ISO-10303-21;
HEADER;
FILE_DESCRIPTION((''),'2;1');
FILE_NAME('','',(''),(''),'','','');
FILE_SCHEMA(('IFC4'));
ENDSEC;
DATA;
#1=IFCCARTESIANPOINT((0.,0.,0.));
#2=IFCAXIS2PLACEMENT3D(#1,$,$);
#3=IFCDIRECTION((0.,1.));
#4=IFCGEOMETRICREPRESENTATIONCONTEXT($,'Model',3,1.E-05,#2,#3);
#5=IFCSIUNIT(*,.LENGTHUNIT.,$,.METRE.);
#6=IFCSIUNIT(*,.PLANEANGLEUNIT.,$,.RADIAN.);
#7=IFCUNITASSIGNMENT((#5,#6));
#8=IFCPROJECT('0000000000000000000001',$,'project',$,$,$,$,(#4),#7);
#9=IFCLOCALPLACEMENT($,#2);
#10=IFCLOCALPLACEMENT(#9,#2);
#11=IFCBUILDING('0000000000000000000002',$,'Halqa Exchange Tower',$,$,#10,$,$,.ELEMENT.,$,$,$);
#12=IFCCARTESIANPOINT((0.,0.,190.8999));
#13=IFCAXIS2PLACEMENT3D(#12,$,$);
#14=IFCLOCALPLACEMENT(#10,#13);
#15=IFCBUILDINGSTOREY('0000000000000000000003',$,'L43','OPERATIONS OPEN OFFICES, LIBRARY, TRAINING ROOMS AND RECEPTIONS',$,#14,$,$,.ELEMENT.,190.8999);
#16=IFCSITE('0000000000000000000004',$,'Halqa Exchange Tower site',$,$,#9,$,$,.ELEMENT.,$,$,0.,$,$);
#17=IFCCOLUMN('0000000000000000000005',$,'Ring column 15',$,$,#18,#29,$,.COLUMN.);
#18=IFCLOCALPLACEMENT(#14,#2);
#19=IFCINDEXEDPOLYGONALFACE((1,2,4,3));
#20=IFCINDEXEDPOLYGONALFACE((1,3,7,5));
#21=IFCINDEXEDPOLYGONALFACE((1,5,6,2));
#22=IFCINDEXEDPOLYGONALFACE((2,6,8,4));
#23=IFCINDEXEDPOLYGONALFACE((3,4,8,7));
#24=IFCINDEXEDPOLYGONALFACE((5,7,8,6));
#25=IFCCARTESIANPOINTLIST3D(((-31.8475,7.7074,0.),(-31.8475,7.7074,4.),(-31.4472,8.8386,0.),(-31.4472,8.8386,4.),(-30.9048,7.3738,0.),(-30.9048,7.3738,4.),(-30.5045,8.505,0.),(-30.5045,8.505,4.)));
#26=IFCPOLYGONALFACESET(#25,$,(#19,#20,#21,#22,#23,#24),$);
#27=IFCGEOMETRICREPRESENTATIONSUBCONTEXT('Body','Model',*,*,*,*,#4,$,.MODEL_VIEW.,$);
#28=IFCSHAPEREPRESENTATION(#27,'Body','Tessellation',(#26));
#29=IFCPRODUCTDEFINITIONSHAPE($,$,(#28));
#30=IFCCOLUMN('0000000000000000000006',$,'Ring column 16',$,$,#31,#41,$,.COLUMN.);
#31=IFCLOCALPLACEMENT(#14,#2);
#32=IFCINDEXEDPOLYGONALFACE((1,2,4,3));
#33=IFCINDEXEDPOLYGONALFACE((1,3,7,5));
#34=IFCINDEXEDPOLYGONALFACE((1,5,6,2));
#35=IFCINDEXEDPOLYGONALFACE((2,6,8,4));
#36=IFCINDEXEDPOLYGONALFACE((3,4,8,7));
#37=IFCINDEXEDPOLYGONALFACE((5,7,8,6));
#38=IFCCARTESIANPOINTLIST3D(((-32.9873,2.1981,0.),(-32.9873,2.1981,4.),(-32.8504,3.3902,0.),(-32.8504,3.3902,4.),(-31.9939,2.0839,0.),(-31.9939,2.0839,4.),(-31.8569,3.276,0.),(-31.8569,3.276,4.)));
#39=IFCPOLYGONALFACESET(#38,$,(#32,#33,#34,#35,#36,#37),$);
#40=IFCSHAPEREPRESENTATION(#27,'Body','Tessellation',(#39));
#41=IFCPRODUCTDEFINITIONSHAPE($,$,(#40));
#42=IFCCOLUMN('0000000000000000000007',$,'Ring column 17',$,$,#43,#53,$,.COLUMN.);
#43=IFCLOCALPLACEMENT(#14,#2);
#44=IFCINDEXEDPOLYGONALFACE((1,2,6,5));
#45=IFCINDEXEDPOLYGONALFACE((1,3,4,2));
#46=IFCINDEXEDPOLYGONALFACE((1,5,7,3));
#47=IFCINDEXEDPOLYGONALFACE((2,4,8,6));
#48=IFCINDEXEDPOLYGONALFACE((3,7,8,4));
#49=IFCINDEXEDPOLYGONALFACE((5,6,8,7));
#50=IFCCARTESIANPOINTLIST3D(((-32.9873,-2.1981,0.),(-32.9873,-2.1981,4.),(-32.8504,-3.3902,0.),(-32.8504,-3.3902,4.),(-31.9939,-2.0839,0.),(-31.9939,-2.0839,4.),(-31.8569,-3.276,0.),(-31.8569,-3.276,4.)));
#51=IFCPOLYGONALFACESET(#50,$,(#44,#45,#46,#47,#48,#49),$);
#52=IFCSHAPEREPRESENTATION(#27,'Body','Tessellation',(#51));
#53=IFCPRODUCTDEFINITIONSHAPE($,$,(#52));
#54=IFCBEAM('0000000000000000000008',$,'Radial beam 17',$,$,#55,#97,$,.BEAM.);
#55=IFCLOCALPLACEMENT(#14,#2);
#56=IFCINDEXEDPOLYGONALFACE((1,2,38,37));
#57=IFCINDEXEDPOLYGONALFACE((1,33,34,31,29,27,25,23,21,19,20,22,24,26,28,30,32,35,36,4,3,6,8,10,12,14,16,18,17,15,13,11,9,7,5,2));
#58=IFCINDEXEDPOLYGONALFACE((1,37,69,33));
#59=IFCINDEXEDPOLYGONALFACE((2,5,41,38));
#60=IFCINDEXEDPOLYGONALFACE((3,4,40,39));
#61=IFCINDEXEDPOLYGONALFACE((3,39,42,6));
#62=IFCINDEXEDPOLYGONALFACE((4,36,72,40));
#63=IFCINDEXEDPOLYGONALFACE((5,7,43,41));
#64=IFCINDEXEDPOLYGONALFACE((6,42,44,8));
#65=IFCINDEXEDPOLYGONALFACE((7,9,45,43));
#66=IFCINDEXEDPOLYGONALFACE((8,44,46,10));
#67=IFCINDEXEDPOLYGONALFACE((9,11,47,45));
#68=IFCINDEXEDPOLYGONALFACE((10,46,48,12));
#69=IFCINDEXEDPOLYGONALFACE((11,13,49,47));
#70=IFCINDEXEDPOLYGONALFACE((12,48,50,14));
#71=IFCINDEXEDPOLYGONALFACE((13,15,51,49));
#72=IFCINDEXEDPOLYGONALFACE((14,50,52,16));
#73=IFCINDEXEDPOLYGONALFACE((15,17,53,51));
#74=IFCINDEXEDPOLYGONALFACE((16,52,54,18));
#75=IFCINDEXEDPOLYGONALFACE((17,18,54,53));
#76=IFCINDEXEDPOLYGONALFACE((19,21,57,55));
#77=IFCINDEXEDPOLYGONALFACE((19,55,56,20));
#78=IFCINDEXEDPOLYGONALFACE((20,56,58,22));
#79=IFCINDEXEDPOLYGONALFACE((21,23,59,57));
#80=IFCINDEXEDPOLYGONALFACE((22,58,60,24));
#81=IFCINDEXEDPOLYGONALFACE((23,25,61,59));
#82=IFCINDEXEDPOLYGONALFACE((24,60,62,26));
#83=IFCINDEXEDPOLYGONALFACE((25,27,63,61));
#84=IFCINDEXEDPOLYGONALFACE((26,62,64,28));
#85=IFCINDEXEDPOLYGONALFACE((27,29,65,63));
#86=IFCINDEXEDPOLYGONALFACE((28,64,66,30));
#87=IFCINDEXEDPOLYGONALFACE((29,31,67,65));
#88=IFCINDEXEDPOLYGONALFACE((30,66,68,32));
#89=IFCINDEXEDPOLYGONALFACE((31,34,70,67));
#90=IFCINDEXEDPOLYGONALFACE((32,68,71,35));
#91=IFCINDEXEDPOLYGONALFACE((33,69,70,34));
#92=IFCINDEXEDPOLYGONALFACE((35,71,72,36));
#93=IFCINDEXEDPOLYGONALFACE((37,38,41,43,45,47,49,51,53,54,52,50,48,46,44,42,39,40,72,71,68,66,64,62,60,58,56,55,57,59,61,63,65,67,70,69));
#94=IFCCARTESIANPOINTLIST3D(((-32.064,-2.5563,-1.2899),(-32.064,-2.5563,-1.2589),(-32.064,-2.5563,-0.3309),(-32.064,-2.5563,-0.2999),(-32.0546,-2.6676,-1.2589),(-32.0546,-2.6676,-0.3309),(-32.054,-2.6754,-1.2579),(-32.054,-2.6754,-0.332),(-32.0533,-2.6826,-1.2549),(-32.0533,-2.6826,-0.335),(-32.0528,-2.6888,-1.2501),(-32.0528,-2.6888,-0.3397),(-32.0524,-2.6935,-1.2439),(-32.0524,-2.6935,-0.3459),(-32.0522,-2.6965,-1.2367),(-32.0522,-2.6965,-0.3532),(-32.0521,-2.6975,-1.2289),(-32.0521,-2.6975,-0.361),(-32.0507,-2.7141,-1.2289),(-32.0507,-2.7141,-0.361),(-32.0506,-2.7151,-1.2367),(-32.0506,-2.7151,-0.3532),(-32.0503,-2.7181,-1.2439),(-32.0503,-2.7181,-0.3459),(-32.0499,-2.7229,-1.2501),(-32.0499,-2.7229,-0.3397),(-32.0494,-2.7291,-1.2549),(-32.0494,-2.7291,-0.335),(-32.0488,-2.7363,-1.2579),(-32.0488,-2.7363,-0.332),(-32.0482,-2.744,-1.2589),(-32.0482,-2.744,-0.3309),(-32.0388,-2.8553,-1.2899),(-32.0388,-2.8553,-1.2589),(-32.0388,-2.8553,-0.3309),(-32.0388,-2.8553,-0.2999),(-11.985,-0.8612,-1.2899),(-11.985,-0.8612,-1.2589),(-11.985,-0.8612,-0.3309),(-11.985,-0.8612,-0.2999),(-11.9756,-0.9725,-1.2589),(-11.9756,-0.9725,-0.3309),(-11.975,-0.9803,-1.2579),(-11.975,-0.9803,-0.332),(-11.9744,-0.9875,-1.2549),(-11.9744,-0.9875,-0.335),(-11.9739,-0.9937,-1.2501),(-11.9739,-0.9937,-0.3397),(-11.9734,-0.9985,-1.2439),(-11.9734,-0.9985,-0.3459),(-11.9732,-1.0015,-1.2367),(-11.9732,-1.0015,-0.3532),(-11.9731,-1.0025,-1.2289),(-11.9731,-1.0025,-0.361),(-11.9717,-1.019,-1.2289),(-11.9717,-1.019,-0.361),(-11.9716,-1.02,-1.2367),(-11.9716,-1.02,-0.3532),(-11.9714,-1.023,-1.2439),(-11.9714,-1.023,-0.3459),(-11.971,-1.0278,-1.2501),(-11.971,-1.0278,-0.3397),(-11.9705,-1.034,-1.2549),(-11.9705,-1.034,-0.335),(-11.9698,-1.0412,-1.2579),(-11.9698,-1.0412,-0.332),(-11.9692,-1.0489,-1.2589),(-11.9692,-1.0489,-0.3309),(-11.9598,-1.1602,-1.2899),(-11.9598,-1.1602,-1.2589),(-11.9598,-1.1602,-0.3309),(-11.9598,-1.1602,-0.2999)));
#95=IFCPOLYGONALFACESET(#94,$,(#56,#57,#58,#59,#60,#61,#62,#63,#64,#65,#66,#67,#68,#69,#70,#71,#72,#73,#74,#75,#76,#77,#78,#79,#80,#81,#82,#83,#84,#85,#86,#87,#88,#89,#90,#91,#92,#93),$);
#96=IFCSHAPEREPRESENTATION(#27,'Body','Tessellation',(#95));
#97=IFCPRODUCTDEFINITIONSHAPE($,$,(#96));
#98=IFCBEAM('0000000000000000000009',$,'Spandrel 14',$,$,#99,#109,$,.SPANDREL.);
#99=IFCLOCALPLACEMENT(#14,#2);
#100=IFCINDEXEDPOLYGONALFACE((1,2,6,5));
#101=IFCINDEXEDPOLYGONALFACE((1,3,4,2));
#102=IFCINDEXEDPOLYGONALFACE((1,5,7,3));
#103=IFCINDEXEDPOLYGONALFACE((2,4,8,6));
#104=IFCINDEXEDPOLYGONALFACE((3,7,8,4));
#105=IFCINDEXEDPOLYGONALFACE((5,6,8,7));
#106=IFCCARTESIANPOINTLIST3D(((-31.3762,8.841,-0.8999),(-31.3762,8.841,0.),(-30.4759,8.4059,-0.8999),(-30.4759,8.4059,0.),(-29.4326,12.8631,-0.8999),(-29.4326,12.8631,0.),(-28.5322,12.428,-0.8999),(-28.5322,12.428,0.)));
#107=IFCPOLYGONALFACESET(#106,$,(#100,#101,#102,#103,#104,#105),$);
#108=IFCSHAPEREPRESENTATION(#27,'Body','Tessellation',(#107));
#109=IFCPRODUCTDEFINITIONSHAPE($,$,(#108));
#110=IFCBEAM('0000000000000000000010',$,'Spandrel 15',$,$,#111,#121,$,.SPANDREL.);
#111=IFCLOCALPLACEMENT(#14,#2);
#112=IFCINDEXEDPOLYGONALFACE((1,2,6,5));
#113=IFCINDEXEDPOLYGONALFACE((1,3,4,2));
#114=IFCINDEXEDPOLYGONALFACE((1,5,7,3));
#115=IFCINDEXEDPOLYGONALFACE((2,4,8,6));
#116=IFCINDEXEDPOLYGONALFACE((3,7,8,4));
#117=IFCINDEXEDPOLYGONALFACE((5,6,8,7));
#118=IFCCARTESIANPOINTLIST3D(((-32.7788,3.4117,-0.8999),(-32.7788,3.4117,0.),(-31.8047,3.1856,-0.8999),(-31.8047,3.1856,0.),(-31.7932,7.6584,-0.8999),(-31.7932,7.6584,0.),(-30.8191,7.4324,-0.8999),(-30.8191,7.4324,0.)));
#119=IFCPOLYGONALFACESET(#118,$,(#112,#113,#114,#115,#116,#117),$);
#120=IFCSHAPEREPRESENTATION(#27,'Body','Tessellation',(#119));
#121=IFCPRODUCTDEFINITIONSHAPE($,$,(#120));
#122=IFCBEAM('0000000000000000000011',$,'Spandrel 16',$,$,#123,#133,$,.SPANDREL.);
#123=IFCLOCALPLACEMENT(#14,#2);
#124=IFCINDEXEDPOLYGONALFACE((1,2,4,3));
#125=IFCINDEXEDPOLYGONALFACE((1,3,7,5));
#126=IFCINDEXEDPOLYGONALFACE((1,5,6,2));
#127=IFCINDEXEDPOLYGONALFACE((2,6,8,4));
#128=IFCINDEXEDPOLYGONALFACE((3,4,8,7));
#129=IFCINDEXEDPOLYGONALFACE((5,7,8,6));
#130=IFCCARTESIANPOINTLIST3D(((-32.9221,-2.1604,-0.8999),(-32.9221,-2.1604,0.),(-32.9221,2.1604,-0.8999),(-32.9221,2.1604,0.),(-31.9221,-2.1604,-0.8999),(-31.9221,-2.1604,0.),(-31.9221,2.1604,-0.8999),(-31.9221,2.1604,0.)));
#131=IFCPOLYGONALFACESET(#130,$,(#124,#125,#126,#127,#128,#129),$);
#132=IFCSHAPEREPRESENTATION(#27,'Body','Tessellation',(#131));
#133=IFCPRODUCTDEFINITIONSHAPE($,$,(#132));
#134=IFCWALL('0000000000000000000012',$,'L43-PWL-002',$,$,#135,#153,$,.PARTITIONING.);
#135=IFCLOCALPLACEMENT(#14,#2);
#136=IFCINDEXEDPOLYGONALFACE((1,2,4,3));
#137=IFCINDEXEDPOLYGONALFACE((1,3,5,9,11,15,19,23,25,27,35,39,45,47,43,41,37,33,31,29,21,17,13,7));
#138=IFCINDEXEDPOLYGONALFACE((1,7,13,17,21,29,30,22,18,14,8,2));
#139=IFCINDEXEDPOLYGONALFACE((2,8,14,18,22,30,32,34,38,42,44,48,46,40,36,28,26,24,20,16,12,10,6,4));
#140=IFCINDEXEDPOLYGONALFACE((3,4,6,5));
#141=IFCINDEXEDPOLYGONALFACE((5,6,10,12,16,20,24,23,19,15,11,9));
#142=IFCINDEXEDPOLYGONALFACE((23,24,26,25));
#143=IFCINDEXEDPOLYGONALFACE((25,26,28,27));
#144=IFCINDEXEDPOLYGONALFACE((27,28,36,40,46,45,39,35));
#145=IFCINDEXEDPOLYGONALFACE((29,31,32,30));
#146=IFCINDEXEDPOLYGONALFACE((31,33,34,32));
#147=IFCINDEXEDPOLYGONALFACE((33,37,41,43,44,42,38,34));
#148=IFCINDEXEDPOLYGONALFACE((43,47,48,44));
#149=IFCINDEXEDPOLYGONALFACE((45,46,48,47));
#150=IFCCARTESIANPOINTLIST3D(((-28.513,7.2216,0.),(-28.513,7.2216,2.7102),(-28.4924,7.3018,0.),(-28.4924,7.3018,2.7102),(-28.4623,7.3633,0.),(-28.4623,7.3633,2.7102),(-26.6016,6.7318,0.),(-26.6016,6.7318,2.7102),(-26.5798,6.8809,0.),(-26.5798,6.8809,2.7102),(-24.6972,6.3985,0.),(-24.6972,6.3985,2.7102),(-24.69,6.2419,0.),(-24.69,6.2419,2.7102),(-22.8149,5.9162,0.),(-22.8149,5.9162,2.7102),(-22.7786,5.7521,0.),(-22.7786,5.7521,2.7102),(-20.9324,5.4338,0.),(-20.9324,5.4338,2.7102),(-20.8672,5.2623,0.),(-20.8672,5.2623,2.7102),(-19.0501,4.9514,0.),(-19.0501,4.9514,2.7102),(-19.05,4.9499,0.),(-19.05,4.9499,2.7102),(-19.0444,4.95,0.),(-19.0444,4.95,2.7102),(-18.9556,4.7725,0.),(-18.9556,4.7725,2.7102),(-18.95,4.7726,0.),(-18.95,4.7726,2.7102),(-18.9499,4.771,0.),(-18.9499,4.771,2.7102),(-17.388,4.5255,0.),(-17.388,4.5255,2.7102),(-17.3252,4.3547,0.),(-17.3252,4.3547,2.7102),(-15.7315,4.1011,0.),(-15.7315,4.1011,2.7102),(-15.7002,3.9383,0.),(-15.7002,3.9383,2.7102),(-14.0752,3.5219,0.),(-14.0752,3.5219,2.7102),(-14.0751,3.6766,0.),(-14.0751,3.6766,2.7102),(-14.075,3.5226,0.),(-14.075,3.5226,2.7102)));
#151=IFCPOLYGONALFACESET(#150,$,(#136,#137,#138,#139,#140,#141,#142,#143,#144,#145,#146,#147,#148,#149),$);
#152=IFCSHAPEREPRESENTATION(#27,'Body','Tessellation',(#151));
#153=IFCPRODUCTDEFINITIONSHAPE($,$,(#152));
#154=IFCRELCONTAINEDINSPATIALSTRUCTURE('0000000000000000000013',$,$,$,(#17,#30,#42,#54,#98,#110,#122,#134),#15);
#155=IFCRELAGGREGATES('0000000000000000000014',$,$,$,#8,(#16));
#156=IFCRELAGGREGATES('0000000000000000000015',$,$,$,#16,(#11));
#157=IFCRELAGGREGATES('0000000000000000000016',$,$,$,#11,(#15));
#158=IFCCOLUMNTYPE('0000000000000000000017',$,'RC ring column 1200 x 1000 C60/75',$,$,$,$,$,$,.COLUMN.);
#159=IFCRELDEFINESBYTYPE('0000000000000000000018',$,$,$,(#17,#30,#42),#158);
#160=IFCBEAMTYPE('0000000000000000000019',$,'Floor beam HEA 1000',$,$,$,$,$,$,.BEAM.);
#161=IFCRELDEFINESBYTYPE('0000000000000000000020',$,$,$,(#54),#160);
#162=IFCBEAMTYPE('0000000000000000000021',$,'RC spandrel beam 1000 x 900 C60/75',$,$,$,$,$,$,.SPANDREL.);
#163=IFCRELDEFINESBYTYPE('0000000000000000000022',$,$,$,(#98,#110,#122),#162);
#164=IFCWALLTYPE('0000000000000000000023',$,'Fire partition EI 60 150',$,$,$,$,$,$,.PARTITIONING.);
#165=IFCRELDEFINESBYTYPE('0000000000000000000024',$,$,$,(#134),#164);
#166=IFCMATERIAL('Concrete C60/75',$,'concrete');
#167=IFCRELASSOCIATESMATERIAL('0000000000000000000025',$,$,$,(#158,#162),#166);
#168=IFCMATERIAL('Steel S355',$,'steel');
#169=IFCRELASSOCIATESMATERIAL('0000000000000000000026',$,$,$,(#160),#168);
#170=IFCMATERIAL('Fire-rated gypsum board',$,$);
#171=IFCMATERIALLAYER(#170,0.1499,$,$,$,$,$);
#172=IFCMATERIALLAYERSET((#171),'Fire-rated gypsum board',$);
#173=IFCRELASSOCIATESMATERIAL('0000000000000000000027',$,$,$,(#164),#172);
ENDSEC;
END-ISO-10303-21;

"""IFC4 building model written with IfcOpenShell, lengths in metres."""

from ifc_helpers import new_model, si_unit, direction, frame, origin, origin_2d, place, context, subcontext, project, spatial, polyline, rectangle, i_section, outline, extrude, material, layer, layer_set, material_profile, profile_set, type_object, element, save


model = new_model("IFC4")

# Units and contexts
model_context = context("Model", 3, precision=1e-05, world=origin(), true_north=direction((0.0, 1.0)))
body_context = subcontext(model_context, "Body", "Model", "MODEL_VIEW")
ifc_project = project(units=[si_unit("LENGTHUNIT", "METRE"), si_unit("PLANEANGLEUNIT", "RADIAN")], contexts=[model_context])

# Site, building, storey
site_placement = place(None, origin())
site = spatial("IfcSite", under=ifc_project, at=site_placement, Name="Halqa Exchange Tower site", CompositionType="ELEMENT", RefElevation=0.0)
building_placement = place(site_placement, origin())
building = spatial("IfcBuilding", under=site, at=building_placement, Name="Halqa Exchange Tower", CompositionType="ELEMENT")
storey_placement = place(building_placement, frame((0.0, 0.0, 190.8999)))
storey = spatial("IfcBuildingStorey", under=building, at=storey_placement, Name="L43", Description="OPERATIONS OPEN OFFICES, LIBRARY, TRAINING ROOMS AND RECEPTIONS", CompositionType="ELEMENT", Elevation=190.8999)

# Columns
ifc_material_1 = material(Name="Concrete C60/75", Category="concrete")
ifc_material_profile_1 = material_profile(ifc_material_1, rectangle(XDim=1.2, YDim=1.0, at=origin_2d()), Name="1200 x 1000")
ifc_profile_set_1 = profile_set([ifc_material_profile_1], Name="Concrete C60/75")
column_type = type_object("IfcColumnType", Name="RC ring column 1200 x 1000 C60/75", PredefinedType="COLUMN", material=ifc_profile_set_1)
for number, where, z_axis, x_axis, name in (
    (1, (-31.176, 8.1062, 0.0), (0.0, 0.0, 1.0), (-0.333626, -0.942706, 0.0), "Ring column 15"),
    (2, (-32.4221, 2.7371, 0.0), (0.0, 0.0, 1.0), (-0.11415, -0.993464, 0.0), "Ring column 16"),
    (3, (-32.4221, -2.7371, 0.0), (0.0, 0.0, 1.0), (0.11415, -0.993464, 0.0), "Ring column 17"),
):
    element("IfcColumn", number, at=place(storey_placement, frame(where, z_axis=z_axis, x_axis=x_axis)), inside=storey, type_object=column_type, Name=name, PredefinedType="COLUMN", context=body_context, shape_type="SweptSolid", body=[
        extrude(rectangle(XDim=1.2, YDim=1.0, at=origin_2d()), origin(), (0.0, 0.0, 1.0), 4.0),
    ])

# Beams
ifc_material_2 = material(Name="Steel S355", Category="steel")
ifc_material_profile_2 = material_profile(ifc_material_2, i_section(OverallWidth=0.3, OverallDepth=0.99, WebThickness=0.0166, FlangeThickness=0.031, FilletRadius=0.03, at=origin_2d()), Name="HEA 1000")
ifc_profile_set_2 = profile_set([ifc_material_profile_2], Name="Steel S355")
beam_type_1 = type_object("IfcBeamType", Name="Floor beam HEA 1000", PredefinedType="BEAM", material=ifc_profile_set_2)
beam_1_placement = place(storey_placement, frame((-11.9724, -1.0107, -0.7949), z_axis=(-0.996456, -0.084121, 0.0), x_axis=(0.084121, -0.996456, 0.0)))
element("IfcBeam", 4, at=beam_1_placement, inside=storey, type_object=beam_type_1, Name="Radial beam 17", PredefinedType="BEAM", context=body_context, shape_type="SweptSolid", body=[
    extrude(i_section(OverallWidth=0.3, OverallDepth=0.99, WebThickness=0.0166, FlangeThickness=0.031, FilletRadius=0.03, at=origin_2d()), origin(), (0.0, 0.0, 1.0), 20.1504),
])
ifc_material_profile_3 = material_profile(ifc_material_1, rectangle(XDim=1.0, YDim=0.8999, at=origin_2d()), Name="1000 x 900")
ifc_profile_set_3 = profile_set([ifc_material_profile_3], Name="Concrete C60/75")
beam_type_2 = type_object("IfcBeamType", Name="RC spandrel beam 1000 x 900 C60/75", PredefinedType="SPANDREL", material=ifc_profile_set_3)
beam_2_placement = place(storey_placement, frame((-28.9824, 12.6455, -0.45), z_axis=(-0.435105, -0.90038, 0.0), x_axis=(0.90038, -0.435105, 0.0)))
element("IfcBeam", 5, at=beam_2_placement, inside=storey, type_object=beam_type_2, Name="Spandrel 14", PredefinedType="SPANDREL", context=body_context, shape_type="SweptSolid", body=[
    extrude(rectangle(XDim=1.0, YDim=0.8999, at=origin_2d()), origin(), (0.0, 0.0, 1.0), 4.467),
])
beam_3_placement = place(storey_placement, frame((-31.3062, 7.5454, -0.45), z_axis=(-0.22607, -0.974111, 0.0), x_axis=(0.974111, -0.22607, 0.0)))
element("IfcBeam", 6, at=beam_3_placement, inside=storey, type_object=beam_type_2, Name="Spandrel 15", PredefinedType="SPANDREL", context=body_context, shape_type="SweptSolid", body=[
    extrude(rectangle(XDim=1.0, YDim=0.8999, at=origin_2d()), origin(), (0.0, 0.0, 1.0), 4.3596),
])
beam_4_placement = place(storey_placement, frame((-32.4221, 2.1604, -0.45), z_axis=(0.0, -1.0, 0.0), x_axis=(1.0, 0.0, 0.0)))
element("IfcBeam", 7, at=beam_4_placement, inside=storey, type_object=beam_type_2, Name="Spandrel 16", PredefinedType="SPANDREL", context=body_context, shape_type="SweptSolid", body=[
    extrude(rectangle(XDim=1.0, YDim=0.8999, at=origin_2d()), origin(), (0.0, 0.0, 1.0), 4.3208),
])

# Wall
ifc_material_3 = material(Name="Fire-rated gypsum board")
ifc_layer_1 = layer(ifc_material_3, 0.1499)
ifc_layer_set_1 = layer_set([ifc_layer_1], Name="Fire-rated gypsum board")
wall_type_1 = type_object("IfcWallType", Name="Fire partition EI 60 150", PredefinedType="PARTITIONING", material=ifc_layer_set_1)
wall_1_placement = place(storey_placement, frame((-28.4944, 7.2942, 0.0), z_axis=(0.0, 0.0, 1.0), x_axis=(0.968701, -0.248232, 0.0)))
element("IfcWall", 8, at=wall_1_placement, inside=storey, type_object=wall_type_1, Name="L43-PWL-002", PredefinedType="PARTITIONING", context=body_context, shape_type="SweptSolid", body=[
    extrude(outline(polyline([(0.0, -0.075), (1.9731, -0.075), (3.9465, -0.075), (5.9197, -0.075), (7.8928, -0.075), (9.8662, -0.075), (9.8716, -0.0735), (9.8721, -0.075), (11.5493, -0.075), (13.2268, -0.075), (14.9043, -0.075), (14.9043, -0.0742), (14.866, 0.075), (13.156, 0.075), (11.446, 0.075), (9.7361, 0.075), (9.7307, 0.0735), (9.7302, 0.075), (7.7871, 0.075), (5.8438, 0.075), (3.9006, 0.075), (1.9573, 0.075), (0.0139, 0.075), (0.0, 0.0078), (0.0, -0.075)])), origin(), (0.0, 0.0, 1.0), 2.7102),
])

save(model, "model.ifc")
